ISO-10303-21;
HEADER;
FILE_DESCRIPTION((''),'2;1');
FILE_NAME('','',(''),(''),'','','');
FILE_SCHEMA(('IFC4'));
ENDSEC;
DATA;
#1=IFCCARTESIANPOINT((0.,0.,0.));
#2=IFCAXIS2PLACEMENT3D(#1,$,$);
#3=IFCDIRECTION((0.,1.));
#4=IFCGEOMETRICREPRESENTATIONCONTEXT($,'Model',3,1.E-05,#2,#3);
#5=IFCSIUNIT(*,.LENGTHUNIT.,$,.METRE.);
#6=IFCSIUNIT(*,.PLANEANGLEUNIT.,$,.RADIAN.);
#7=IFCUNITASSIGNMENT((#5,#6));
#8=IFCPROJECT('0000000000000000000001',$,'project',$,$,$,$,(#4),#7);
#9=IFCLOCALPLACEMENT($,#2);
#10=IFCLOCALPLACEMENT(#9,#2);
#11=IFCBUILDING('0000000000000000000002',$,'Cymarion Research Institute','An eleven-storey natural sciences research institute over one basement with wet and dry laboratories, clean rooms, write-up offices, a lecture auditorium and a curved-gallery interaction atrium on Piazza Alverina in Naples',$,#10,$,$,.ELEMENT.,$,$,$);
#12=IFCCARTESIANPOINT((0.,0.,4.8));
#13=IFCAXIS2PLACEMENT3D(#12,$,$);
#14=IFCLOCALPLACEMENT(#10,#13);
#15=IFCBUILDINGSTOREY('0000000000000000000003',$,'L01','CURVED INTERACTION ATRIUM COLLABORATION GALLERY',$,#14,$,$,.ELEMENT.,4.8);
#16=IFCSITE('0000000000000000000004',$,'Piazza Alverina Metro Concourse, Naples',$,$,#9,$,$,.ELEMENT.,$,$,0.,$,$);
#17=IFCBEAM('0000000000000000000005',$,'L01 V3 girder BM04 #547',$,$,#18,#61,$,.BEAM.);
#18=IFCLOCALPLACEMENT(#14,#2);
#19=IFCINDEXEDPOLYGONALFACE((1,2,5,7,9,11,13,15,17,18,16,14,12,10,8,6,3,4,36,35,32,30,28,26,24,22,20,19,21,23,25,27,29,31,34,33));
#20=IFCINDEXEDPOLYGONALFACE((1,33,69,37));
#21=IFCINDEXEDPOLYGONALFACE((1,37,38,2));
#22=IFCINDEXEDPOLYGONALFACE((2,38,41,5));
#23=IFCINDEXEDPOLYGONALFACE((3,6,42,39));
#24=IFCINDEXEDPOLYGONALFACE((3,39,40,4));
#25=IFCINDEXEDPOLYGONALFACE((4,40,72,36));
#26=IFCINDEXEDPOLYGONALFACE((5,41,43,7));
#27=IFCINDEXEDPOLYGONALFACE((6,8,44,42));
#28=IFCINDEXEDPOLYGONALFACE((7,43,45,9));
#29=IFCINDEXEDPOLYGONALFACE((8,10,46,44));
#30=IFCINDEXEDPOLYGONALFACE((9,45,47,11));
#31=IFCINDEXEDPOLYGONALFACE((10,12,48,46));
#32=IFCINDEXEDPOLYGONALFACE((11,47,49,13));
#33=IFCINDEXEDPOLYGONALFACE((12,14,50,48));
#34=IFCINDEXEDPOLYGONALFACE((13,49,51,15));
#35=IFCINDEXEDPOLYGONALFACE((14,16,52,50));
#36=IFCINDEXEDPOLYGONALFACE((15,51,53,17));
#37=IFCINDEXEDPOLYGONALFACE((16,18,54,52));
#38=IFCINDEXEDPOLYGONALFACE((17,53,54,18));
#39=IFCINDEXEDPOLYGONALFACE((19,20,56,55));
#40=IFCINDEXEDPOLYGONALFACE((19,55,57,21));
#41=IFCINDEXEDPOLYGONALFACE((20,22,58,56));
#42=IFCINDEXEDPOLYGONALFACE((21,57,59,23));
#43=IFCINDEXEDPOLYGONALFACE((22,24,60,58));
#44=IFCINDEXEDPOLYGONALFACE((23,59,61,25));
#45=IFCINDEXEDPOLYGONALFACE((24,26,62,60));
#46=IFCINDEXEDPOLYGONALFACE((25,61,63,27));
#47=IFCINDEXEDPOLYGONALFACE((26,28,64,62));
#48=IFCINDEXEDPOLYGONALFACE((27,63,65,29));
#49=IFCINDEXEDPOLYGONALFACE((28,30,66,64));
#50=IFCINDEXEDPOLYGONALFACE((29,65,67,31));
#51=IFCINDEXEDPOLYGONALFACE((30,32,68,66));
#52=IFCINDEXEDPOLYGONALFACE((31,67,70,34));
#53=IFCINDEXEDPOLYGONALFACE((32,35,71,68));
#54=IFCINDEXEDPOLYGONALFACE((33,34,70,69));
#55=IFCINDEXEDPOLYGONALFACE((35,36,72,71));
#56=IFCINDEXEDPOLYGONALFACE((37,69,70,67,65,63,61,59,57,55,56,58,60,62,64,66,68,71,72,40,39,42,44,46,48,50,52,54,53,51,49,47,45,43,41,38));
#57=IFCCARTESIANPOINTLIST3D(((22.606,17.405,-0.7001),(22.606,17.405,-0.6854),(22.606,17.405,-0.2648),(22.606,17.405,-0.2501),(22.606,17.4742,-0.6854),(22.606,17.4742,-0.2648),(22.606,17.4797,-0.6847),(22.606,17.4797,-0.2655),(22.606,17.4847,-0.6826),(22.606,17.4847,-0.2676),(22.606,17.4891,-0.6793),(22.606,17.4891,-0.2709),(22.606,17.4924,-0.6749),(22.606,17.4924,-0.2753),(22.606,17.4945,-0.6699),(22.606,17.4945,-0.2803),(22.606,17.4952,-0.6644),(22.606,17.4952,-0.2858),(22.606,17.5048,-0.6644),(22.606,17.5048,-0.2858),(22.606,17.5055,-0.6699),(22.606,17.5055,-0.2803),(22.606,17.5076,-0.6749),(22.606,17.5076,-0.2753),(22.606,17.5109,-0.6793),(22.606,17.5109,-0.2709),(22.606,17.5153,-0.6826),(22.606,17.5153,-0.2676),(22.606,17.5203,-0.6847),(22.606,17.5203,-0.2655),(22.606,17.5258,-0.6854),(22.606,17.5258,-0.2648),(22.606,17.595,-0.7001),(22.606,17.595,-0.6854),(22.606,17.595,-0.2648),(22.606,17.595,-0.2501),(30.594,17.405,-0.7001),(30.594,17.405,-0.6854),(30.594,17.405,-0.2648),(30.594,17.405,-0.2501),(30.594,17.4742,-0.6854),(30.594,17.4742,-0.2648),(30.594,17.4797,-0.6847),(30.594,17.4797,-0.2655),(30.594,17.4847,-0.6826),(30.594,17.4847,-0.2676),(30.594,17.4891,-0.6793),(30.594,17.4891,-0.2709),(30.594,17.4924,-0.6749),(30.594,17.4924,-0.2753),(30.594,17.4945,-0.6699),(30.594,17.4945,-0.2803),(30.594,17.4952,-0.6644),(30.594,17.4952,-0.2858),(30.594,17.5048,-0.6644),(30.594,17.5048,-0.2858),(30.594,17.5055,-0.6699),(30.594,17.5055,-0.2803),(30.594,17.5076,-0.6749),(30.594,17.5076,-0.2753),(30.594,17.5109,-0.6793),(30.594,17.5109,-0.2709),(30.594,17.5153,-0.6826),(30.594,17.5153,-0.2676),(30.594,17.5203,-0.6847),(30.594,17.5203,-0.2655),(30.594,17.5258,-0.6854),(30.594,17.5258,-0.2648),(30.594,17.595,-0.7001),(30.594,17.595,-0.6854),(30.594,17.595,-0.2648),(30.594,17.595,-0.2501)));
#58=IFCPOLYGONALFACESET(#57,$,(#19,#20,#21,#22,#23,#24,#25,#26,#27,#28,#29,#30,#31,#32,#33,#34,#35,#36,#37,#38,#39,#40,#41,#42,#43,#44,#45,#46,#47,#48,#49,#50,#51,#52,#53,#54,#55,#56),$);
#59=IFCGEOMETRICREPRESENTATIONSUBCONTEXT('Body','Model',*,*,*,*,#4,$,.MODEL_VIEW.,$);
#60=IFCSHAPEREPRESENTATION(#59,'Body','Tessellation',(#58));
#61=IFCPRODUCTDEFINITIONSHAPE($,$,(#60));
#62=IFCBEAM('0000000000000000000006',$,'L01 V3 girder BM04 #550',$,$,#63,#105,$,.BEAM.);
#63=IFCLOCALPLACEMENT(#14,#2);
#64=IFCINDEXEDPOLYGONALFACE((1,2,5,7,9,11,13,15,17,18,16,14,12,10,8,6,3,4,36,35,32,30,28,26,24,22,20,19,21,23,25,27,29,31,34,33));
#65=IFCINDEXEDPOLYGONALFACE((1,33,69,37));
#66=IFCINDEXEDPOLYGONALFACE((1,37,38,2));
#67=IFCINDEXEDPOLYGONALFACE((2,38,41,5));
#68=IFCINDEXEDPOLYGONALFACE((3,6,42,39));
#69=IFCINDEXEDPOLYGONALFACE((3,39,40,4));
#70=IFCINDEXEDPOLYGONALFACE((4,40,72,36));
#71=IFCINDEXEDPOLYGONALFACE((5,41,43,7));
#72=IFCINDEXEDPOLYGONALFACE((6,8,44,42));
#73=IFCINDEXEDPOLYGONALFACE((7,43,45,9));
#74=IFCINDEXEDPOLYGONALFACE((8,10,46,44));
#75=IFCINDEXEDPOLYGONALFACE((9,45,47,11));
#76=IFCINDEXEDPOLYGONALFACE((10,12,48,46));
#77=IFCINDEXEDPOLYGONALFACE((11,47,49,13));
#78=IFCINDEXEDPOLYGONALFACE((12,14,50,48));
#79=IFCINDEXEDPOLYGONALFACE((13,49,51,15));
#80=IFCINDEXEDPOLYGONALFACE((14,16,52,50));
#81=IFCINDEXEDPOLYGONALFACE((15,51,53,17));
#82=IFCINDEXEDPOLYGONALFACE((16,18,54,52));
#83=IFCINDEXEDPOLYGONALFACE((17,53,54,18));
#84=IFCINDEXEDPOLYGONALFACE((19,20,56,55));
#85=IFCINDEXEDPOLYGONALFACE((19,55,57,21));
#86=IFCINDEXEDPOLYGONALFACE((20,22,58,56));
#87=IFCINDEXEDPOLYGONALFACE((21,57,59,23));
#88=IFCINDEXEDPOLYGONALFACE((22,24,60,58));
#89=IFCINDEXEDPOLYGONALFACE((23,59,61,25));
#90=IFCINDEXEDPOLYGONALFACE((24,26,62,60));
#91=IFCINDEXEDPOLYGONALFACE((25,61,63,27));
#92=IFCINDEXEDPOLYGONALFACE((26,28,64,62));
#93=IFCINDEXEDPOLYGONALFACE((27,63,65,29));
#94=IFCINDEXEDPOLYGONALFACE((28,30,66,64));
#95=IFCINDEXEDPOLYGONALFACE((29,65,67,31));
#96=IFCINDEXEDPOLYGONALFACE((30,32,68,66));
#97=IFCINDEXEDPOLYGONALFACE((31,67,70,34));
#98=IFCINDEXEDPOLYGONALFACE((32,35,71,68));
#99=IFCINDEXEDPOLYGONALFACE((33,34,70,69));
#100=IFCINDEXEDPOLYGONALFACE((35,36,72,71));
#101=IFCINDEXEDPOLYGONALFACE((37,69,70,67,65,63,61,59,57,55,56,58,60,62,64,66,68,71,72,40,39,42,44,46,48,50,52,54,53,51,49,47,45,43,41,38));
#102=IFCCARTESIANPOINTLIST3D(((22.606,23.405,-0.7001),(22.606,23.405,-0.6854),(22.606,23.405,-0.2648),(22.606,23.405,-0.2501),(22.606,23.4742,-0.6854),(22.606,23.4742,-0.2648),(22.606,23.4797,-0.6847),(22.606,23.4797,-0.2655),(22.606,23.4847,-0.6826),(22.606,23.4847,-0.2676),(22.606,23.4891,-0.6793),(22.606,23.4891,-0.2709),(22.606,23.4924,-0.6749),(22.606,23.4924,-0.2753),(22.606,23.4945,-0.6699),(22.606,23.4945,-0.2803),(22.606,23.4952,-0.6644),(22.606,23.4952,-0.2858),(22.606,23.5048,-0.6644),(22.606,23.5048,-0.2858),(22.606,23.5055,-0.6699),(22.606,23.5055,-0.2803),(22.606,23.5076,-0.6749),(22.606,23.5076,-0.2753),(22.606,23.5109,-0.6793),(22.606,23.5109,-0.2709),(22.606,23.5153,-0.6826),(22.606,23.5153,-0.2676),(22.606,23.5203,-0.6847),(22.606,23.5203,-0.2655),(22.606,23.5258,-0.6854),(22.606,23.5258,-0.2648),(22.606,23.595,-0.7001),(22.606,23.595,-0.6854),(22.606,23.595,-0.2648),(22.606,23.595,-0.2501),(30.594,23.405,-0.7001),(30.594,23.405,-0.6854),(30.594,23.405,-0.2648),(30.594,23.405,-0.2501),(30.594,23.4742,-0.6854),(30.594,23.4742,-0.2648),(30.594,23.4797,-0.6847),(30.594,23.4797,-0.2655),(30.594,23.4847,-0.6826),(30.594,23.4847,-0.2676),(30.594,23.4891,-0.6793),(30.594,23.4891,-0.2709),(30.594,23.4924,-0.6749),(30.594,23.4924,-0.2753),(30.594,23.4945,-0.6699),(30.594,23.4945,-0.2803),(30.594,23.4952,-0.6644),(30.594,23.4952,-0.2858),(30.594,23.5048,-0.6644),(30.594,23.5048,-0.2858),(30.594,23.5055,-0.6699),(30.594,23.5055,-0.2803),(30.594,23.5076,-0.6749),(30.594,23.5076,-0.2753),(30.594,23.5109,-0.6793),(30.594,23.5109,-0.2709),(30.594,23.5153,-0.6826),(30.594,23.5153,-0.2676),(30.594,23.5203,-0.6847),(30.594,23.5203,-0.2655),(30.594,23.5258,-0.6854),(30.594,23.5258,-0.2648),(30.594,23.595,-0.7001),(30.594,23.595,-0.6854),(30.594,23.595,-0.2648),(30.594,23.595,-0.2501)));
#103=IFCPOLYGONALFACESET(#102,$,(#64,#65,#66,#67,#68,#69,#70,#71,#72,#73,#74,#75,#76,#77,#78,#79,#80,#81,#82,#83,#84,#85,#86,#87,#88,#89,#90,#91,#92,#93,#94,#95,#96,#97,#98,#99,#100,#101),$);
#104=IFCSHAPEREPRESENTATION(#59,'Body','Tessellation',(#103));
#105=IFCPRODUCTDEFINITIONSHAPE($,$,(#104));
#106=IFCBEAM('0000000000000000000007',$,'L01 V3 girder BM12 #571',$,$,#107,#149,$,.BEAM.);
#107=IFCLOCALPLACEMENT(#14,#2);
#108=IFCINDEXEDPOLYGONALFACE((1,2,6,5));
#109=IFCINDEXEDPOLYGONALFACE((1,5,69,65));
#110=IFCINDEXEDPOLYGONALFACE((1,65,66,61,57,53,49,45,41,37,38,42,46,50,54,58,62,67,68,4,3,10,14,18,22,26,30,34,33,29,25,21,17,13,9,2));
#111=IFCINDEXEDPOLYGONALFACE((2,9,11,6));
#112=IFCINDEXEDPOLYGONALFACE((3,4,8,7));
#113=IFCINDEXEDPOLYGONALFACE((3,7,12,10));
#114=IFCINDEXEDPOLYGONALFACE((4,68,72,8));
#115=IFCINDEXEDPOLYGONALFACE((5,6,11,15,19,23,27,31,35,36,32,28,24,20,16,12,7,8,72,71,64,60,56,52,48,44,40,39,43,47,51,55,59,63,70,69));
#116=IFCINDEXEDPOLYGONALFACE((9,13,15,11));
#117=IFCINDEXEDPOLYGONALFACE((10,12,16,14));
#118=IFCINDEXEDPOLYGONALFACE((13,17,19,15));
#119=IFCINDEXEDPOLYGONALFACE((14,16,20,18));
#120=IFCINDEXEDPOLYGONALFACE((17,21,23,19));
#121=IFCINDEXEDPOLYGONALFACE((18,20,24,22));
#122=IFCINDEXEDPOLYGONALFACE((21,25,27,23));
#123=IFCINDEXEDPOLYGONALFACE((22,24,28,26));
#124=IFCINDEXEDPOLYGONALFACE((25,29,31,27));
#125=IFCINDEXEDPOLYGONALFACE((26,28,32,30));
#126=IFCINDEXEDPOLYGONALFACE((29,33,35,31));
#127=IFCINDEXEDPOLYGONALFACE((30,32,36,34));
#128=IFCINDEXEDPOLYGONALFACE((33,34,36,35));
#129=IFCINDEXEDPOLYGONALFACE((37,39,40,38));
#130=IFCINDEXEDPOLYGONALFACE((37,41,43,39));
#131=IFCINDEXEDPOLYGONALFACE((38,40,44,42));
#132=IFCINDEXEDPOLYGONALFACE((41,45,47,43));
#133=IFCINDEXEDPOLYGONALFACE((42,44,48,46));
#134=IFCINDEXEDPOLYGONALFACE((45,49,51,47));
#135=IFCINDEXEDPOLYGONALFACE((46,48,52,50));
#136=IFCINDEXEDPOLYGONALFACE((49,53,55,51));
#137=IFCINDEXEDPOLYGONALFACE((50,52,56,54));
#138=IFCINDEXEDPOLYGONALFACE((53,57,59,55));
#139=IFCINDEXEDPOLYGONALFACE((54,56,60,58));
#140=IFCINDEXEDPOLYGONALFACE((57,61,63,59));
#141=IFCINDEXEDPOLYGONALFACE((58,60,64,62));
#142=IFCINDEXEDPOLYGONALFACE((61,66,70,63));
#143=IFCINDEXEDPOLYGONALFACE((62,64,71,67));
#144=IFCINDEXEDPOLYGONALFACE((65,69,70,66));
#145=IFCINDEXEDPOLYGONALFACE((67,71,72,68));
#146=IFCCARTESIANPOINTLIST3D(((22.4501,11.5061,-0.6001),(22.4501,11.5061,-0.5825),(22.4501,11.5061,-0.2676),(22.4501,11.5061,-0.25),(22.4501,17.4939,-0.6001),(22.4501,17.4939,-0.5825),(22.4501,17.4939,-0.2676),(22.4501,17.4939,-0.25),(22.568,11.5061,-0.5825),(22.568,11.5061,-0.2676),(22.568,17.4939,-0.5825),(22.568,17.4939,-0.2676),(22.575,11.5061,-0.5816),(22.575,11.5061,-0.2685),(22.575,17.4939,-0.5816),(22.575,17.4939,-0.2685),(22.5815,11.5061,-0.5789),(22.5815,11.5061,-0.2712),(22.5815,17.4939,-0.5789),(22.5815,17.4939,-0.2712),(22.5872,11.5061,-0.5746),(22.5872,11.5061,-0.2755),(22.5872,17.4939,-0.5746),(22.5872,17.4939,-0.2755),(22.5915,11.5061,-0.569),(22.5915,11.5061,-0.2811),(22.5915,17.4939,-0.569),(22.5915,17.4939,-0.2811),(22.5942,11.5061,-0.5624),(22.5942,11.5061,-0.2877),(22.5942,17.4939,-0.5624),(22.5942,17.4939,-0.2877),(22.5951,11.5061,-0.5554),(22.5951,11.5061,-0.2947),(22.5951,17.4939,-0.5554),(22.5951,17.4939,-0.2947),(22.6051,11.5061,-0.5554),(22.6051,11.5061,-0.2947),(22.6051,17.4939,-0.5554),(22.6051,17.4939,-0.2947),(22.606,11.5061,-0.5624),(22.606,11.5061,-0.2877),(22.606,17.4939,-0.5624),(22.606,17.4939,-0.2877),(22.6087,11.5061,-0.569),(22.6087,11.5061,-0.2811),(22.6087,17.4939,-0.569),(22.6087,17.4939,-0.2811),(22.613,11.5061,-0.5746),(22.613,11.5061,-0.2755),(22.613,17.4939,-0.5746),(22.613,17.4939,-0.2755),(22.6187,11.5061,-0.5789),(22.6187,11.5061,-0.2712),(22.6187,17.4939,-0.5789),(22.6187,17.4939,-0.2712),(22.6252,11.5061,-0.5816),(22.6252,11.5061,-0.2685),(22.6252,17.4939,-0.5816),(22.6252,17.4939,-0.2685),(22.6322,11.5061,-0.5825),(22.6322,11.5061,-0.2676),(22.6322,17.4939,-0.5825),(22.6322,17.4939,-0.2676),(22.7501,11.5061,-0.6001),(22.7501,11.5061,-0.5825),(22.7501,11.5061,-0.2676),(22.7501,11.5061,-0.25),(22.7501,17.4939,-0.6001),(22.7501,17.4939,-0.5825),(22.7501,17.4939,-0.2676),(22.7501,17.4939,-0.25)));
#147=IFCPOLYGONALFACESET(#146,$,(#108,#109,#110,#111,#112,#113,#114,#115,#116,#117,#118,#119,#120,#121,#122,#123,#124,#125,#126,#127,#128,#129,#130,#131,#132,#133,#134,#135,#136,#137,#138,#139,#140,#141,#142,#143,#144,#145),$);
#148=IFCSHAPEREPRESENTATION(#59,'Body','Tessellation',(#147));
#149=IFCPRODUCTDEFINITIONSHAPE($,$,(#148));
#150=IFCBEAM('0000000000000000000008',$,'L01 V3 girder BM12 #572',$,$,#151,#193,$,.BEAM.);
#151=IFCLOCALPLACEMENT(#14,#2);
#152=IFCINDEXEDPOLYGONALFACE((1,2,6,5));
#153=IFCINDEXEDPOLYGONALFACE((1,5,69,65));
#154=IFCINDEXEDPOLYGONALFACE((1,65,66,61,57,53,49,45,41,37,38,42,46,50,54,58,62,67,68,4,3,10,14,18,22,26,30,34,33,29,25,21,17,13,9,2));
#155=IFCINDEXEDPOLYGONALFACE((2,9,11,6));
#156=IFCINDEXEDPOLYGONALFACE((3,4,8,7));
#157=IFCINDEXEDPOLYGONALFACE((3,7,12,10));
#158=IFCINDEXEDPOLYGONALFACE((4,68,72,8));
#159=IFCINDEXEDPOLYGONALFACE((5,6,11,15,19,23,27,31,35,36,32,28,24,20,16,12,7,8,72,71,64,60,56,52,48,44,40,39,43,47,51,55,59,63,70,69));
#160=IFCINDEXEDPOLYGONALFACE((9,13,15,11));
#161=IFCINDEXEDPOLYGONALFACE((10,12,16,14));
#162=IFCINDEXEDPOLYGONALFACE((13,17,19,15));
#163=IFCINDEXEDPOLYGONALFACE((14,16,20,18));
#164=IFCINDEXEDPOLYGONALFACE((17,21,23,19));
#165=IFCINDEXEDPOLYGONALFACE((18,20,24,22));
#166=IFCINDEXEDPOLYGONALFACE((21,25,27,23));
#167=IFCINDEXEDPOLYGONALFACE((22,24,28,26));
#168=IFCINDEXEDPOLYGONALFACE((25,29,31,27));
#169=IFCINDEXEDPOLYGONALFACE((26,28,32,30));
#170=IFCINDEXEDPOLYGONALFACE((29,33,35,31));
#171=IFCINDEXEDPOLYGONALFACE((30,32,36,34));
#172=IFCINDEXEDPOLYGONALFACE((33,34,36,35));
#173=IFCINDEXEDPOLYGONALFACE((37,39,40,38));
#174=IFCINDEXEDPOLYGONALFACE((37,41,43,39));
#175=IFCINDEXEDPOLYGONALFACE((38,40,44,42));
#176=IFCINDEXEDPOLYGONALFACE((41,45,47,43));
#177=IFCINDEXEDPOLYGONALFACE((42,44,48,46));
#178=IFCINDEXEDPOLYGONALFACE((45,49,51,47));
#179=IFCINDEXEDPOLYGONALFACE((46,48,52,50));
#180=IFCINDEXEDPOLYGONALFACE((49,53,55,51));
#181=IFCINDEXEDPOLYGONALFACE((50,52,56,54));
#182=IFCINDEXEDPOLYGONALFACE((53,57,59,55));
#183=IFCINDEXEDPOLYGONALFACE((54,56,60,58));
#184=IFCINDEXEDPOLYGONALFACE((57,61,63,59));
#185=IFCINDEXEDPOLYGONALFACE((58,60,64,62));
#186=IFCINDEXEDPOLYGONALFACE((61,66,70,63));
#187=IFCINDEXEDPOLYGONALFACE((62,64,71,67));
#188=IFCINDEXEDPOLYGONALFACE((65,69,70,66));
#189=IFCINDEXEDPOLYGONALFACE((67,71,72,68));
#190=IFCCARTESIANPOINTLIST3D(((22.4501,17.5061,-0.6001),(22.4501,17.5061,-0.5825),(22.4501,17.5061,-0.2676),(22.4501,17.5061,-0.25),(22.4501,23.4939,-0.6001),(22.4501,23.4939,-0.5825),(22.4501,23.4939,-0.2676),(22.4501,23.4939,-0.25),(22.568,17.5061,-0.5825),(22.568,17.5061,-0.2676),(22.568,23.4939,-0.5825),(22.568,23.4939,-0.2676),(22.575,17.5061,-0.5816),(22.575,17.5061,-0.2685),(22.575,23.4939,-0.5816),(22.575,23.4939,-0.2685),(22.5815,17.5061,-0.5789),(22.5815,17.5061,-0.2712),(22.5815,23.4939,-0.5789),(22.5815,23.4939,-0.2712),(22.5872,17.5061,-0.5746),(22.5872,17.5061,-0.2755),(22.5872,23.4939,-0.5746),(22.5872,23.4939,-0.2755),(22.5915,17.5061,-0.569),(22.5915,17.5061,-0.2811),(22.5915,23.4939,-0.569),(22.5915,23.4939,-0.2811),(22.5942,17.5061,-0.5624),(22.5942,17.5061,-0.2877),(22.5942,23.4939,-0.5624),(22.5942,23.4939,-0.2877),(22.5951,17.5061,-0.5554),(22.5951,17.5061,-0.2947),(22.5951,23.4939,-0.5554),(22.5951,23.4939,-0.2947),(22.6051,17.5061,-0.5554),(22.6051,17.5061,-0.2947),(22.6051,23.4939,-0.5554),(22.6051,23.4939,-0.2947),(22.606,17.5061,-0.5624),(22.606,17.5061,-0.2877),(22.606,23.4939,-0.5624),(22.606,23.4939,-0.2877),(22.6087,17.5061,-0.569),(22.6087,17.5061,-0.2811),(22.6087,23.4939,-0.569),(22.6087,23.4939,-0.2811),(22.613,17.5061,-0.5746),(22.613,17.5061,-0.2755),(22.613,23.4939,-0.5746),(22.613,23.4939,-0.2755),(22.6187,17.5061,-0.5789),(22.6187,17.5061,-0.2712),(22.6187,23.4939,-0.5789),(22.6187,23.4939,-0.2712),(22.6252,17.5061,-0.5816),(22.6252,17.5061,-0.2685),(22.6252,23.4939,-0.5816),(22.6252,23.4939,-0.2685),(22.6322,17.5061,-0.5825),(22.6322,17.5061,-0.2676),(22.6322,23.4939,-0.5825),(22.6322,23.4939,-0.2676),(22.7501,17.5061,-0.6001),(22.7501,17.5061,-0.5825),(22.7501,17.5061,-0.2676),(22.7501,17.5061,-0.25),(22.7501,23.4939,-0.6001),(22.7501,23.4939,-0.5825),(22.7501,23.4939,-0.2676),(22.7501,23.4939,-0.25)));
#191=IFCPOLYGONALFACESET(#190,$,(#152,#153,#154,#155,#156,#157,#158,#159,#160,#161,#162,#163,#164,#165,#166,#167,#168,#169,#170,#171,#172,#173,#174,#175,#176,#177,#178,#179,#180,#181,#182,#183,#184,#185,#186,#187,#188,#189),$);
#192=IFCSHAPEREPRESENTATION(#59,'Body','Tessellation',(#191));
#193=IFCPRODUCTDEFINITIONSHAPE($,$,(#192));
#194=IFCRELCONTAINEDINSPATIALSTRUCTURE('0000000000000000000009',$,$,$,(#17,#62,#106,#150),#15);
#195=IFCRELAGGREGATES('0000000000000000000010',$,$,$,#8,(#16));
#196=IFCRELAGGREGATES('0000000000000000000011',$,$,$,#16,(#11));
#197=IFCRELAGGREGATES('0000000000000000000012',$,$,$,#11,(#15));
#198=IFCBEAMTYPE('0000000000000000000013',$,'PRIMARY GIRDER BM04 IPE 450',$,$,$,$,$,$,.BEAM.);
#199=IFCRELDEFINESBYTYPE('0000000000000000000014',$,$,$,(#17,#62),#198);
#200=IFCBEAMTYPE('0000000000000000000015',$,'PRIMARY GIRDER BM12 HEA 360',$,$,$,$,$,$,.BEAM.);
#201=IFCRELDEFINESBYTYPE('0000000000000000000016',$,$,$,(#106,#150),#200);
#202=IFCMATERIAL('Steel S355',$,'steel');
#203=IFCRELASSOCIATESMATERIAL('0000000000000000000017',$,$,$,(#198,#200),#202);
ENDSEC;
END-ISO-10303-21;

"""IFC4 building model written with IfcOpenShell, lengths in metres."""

from ifc_helpers import new_model, si_unit, direction, frame, origin, origin_2d, place, context, subcontext, project, spatial, i_section, extrude, material, material_profile, profile_set, type_object, element, save


model = new_model("IFC4")

# Units and contexts
model_context = context("Model", 3, precision=1e-05, world=origin(), true_north=direction((0.0, 1.0)))
body_context = subcontext(model_context, "Body", "Model", "MODEL_VIEW")
ifc_project = project(units=[si_unit("LENGTHUNIT", "METRE"), si_unit("PLANEANGLEUNIT", "RADIAN")], contexts=[model_context])

# Site, building, storey
site_placement = place(None, origin())
site = spatial("IfcSite", under=ifc_project, at=site_placement, Name="Piazza Alverina Metro Concourse, Naples", CompositionType="ELEMENT", RefElevation=0.0)
building_placement = place(site_placement, origin())
building = spatial("IfcBuilding", under=site, at=building_placement, Name="Cymarion Research Institute", Description="An eleven-storey natural sciences research institute over one basement with wet and dry laboratories, clean rooms, write-up offices, a lecture auditorium and a curved-gallery interaction atrium on Piazza Alverina in Naples", CompositionType="ELEMENT")
storey_placement = place(building_placement, frame((0.0, 0.0, 4.8)))
storey = spatial("IfcBuildingStorey", under=building, at=storey_placement, Name="L01", Description="CURVED INTERACTION ATRIUM COLLABORATION GALLERY", CompositionType="ELEMENT", Elevation=4.8)

# Shared definitions
ifc_material_1 = material(Name="Steel S355", Category="steel")

# Beams
ifc_material_profile_1 = material_profile(ifc_material_1, i_section(OverallWidth=0.1899, OverallDepth=0.45, WebThickness=0.0095, FlangeThickness=0.0146, FilletRadius=0.021, at=origin_2d()), Name="IPE 450")
ifc_profile_set_1 = profile_set([ifc_material_profile_1], Name="Steel S355")
beam_type_1 = type_object("IfcBeamType", Name="PRIMARY GIRDER BM04 IPE 450", PredefinedType="BEAM", material=ifc_profile_set_1)
for number, where, z_axis, x_axis, name in (
    (1, (22.606, 17.5, -0.4751), (1.0, 0.0, 0.0), (0.0, 1.0, 0.0), "L01 V3 girder BM04 #547"),
    (2, (22.606, 23.5, -0.4751), (1.0, 0.0, 0.0), (0.0, 1.0, 0.0), "L01 V3 girder BM04 #550"),
):
    element("IfcBeam", number, at=place(storey_placement, frame(where, z_axis=z_axis, x_axis=x_axis)), inside=storey, type_object=beam_type_1, Name=name, PredefinedType="BEAM", context=body_context, shape_type="SweptSolid", body=[
        extrude(i_section(OverallWidth=0.1899, OverallDepth=0.45, WebThickness=0.0095, FlangeThickness=0.0146, FilletRadius=0.021, at=origin_2d()), origin(), (0.0, 0.0, 1.0), 7.988),
    ])
ifc_material_profile_2 = material_profile(ifc_material_1, i_section(OverallWidth=0.3, OverallDepth=0.3501, WebThickness=0.01, FlangeThickness=0.0176, FilletRadius=0.0271, at=origin_2d()), Name="HEA 360")
ifc_profile_set_2 = profile_set([ifc_material_profile_2], Name="Steel S355")
beam_type_2 = type_object("IfcBeamType", Name="PRIMARY GIRDER BM12 HEA 360", PredefinedType="BEAM", material=ifc_profile_set_2)
for number, where, z_axis, x_axis, name in (
    (3, (22.6001, 11.5061, -0.425), (0.0, 1.0, 0.0), (-1.0, 0.0, 0.0), "L01 V3 girder BM12 #571"),
    (4, (22.6001, 17.5061, -0.425), (0.0, 1.0, 0.0), (-1.0, 0.0, 0.0), "L01 V3 girder BM12 #572"),
):
    element("IfcBeam", number, at=place(storey_placement, frame(where, z_axis=z_axis, x_axis=x_axis)), inside=storey, type_object=beam_type_2, Name=name, PredefinedType="BEAM", context=body_context, shape_type="SweptSolid", body=[
        extrude(i_section(OverallWidth=0.3, OverallDepth=0.3501, WebThickness=0.01, FlangeThickness=0.0176, FilletRadius=0.0271, at=origin_2d()), origin(), (0.0, 0.0, 1.0), 5.9878),
    ])

save(model, "model.ifc")
